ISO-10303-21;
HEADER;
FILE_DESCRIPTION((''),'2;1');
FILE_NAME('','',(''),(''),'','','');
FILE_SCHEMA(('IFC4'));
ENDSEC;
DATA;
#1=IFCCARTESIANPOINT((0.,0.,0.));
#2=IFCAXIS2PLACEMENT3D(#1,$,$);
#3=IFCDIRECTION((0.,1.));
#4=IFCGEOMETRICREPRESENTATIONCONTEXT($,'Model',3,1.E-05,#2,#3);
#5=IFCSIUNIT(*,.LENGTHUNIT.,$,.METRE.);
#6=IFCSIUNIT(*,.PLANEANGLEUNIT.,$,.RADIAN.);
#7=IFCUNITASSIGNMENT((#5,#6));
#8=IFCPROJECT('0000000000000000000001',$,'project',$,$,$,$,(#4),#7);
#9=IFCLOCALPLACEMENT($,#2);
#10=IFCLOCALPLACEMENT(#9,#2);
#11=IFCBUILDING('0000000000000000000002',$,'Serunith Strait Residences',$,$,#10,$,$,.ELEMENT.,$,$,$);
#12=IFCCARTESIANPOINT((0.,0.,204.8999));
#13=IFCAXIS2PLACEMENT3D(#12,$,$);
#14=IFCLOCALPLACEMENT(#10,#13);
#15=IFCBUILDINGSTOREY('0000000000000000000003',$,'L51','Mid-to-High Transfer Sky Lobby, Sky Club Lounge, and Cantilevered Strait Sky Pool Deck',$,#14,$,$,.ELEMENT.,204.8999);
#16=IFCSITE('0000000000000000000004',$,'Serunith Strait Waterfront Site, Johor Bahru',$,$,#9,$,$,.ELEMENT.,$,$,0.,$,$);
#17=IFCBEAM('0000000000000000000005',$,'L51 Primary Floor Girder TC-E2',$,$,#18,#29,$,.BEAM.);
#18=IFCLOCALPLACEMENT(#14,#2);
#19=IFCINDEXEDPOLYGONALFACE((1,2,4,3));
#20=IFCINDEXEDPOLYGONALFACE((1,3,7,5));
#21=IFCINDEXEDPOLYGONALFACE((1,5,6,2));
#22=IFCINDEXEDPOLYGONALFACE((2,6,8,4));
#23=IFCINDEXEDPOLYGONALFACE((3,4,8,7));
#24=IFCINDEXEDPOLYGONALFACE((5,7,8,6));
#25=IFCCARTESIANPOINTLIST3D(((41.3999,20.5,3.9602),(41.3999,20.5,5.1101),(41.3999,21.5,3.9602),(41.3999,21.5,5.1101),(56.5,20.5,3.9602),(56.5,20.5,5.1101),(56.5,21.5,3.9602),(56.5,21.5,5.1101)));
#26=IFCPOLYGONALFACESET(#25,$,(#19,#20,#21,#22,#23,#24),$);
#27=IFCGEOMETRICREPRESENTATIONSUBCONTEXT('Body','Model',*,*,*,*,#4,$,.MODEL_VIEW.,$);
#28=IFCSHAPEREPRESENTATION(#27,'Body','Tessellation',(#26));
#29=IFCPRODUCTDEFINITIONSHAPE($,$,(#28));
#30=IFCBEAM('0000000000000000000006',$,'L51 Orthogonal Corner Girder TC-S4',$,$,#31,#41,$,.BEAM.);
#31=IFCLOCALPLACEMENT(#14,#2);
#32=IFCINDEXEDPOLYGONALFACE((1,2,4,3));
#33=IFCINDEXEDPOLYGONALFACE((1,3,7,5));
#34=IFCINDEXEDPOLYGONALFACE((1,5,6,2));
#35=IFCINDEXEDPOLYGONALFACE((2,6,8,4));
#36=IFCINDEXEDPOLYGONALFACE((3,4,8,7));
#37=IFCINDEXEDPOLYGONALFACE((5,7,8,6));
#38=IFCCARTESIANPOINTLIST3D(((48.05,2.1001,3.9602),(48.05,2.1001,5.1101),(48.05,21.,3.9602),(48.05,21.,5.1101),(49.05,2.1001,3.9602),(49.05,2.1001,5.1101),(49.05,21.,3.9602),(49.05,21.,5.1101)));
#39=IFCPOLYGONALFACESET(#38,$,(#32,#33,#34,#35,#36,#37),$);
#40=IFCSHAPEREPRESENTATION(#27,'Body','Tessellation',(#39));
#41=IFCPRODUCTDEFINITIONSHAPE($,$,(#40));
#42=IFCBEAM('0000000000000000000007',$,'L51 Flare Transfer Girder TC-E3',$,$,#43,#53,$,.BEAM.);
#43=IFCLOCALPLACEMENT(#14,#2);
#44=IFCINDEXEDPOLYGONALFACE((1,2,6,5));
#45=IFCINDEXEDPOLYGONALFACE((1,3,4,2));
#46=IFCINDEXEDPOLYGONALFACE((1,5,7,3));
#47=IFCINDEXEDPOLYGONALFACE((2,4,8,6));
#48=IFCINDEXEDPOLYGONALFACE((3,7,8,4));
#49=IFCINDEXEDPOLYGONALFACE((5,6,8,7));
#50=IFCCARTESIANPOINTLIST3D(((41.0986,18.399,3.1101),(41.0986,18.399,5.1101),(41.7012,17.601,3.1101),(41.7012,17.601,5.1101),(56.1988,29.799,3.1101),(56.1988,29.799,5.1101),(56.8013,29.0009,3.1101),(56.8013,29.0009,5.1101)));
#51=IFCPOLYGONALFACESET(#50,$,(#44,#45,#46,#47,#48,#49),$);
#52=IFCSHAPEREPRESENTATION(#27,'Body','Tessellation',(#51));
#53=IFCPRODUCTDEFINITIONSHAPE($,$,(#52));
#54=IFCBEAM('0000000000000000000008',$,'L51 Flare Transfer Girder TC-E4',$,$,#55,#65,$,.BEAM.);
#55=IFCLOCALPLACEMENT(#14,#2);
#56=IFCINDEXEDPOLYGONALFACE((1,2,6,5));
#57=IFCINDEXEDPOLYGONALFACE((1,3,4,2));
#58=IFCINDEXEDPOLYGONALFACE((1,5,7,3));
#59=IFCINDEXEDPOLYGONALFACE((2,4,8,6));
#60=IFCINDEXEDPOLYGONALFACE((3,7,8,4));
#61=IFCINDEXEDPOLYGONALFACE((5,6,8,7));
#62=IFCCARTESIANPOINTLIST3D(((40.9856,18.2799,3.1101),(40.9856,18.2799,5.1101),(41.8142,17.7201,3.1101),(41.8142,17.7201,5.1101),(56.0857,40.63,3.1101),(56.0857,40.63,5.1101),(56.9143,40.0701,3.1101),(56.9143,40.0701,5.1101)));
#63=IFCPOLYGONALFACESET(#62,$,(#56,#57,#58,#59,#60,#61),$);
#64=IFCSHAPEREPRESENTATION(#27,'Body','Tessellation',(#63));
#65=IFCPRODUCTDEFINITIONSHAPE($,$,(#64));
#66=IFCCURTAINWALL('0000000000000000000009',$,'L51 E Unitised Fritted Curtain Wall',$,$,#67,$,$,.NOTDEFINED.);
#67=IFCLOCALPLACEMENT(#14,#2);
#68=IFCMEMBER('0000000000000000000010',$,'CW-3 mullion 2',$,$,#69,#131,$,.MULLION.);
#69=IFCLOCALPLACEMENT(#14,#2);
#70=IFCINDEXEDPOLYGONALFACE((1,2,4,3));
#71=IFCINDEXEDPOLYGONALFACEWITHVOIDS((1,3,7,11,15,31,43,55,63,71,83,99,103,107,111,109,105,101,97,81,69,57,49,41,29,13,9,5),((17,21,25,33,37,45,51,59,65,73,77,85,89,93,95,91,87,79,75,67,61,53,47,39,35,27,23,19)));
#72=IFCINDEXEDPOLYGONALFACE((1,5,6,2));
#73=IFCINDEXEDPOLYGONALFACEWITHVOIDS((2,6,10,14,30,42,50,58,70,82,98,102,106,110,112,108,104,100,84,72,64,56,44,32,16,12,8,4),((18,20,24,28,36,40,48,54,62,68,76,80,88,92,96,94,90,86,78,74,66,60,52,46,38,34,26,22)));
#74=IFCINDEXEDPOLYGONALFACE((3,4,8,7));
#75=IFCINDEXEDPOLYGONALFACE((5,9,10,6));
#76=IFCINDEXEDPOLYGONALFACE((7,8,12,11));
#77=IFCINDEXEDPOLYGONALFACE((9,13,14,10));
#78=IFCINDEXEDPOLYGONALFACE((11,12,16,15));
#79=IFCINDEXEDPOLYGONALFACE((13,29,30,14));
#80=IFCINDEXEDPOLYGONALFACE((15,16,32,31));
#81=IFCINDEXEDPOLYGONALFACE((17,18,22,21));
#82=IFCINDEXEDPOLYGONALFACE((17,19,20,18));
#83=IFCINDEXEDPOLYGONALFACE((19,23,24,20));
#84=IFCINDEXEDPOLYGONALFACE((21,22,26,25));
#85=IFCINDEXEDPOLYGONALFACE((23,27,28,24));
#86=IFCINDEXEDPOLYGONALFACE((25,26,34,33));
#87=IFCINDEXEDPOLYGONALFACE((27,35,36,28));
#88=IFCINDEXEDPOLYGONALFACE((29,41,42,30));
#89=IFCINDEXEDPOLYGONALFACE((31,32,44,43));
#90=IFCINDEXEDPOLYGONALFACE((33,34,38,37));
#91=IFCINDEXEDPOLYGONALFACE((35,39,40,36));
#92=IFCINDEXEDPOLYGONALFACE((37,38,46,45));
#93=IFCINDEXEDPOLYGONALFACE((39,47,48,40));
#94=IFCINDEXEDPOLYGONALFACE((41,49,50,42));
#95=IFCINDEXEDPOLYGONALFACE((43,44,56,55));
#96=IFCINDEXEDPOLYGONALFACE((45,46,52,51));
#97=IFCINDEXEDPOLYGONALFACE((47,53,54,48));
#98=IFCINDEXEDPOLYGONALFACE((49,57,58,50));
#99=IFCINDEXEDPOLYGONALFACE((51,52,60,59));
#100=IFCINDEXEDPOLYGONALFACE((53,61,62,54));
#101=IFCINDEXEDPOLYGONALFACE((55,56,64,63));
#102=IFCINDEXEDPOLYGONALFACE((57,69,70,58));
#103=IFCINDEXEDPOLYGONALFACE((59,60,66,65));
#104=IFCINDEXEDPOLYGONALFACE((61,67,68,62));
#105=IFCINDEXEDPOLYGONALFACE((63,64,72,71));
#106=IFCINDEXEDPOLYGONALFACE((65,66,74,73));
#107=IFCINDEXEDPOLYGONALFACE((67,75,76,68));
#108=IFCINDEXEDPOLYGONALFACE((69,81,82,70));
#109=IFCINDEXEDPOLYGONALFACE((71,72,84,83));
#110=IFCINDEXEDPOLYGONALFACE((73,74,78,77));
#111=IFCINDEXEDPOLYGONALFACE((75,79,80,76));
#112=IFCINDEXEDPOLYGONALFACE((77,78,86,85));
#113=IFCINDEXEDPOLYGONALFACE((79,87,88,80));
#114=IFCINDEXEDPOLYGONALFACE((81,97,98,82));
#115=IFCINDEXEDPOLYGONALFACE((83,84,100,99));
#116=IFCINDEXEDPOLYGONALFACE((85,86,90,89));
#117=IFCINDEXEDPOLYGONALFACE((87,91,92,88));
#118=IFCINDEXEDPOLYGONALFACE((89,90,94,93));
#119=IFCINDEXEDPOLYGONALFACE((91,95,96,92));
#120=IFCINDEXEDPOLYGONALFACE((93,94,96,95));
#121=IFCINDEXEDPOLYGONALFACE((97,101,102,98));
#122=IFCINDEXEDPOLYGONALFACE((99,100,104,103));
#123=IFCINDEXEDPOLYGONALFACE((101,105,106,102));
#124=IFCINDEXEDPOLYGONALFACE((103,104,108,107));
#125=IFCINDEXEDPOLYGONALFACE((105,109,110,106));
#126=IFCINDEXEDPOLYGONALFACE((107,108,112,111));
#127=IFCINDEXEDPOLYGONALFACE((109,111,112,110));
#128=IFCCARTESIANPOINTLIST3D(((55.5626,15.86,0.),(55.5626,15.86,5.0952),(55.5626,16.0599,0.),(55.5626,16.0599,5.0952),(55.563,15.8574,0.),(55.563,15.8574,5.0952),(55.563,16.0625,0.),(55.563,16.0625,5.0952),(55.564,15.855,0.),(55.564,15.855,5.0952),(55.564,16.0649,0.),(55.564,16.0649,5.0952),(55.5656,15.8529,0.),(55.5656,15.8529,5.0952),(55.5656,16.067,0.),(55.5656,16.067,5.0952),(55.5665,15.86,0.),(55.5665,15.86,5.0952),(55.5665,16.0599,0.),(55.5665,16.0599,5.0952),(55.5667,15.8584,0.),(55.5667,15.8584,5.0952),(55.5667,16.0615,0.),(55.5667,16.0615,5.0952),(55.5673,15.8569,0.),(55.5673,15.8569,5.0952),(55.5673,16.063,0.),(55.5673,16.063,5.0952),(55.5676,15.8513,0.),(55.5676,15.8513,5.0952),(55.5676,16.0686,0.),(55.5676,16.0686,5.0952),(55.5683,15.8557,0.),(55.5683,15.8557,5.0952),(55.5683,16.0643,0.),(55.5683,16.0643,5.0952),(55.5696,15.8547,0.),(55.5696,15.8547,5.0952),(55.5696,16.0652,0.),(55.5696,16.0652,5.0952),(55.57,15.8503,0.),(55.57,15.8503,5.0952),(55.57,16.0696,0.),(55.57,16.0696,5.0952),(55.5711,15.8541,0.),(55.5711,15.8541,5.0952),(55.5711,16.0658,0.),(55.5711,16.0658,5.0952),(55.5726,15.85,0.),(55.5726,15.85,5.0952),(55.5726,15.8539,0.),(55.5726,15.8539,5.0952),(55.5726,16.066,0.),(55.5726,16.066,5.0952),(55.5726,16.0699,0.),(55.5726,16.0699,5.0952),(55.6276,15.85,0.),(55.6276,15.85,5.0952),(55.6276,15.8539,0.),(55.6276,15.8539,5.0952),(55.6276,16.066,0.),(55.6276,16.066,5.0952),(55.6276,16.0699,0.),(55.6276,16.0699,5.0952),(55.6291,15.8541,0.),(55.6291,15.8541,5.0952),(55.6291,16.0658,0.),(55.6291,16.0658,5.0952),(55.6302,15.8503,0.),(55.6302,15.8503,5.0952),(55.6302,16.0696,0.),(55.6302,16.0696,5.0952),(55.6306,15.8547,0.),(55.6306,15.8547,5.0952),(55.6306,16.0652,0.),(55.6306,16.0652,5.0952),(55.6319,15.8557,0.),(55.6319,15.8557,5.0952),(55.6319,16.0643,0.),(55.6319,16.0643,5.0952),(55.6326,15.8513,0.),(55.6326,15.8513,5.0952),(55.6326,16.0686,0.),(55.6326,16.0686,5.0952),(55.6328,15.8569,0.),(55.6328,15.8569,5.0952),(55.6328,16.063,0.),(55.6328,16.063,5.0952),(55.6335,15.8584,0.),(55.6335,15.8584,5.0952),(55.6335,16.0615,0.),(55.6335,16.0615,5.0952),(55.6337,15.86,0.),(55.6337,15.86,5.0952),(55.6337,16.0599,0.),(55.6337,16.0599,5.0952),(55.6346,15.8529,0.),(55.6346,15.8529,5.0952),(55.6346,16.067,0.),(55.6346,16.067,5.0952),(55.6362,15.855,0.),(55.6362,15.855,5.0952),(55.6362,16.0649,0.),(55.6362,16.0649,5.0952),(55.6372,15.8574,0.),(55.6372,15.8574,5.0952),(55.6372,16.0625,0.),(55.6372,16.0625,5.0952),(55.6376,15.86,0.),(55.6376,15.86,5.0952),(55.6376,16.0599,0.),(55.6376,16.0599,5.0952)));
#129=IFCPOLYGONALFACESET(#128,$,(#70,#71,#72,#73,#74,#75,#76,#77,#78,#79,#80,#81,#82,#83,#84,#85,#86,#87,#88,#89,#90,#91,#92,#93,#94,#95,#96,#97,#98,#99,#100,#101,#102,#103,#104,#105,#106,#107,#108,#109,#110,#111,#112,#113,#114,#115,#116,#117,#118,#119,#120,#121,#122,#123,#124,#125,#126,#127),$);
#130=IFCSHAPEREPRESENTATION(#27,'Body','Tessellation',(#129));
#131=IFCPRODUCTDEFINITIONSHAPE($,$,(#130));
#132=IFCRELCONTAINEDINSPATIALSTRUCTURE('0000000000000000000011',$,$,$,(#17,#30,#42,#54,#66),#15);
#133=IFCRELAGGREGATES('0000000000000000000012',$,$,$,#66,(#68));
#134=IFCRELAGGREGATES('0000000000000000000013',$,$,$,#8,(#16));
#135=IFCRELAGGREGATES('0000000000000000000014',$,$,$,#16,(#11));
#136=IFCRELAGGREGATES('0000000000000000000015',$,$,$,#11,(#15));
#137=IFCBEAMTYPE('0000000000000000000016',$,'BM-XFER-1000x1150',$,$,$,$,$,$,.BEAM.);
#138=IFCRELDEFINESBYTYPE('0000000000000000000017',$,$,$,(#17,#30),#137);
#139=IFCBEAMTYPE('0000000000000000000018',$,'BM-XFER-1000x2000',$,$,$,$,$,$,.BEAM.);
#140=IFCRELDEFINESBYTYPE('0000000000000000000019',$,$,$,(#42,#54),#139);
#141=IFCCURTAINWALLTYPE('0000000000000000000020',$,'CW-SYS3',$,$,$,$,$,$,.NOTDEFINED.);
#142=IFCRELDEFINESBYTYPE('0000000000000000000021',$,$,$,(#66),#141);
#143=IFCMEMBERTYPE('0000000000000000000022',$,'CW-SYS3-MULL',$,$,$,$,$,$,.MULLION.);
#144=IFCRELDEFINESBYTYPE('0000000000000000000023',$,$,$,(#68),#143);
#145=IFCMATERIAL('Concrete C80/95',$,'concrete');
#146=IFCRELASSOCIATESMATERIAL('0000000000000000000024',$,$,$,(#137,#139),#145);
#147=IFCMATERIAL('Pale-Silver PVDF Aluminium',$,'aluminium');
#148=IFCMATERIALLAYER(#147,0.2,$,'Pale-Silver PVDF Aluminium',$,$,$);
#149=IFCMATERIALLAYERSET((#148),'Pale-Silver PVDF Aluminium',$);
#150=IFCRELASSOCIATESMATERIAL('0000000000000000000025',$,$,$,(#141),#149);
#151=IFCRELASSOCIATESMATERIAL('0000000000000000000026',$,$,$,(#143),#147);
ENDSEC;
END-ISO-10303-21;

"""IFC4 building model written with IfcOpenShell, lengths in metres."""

from ifc_helpers import new_model, si_unit, direction, frame, origin, origin_2d, place, context, subcontext, project, spatial, rectangle, hollow_rectangle, extrude, source, transform, mapped, material, layer, layer_set, material_profile, profile_set, type_object, element, aggregate, save


model = new_model("IFC4")

# Units and contexts
model_context = context("Model", 3, precision=1e-05, world=origin(), true_north=direction((0.0, 1.0)))
body_context = subcontext(model_context, "Body", "Model", "MODEL_VIEW")
ifc_project = project(units=[si_unit("LENGTHUNIT", "METRE"), si_unit("PLANEANGLEUNIT", "RADIAN")], contexts=[model_context])

# Site, building, storey
site_placement = place(None, origin())
site = spatial("IfcSite", under=ifc_project, at=site_placement, Name="Serunith Strait Waterfront Site, Johor Bahru", CompositionType="ELEMENT", RefElevation=0.0)
building_placement = place(site_placement, origin())
building = spatial("IfcBuilding", under=site, at=building_placement, Name="Serunith Strait Residences", CompositionType="ELEMENT")
storey_placement = place(building_placement, frame((0.0, 0.0, 204.8999)))
storey = spatial("IfcBuildingStorey", under=building, at=storey_placement, Name="L51", Description="Mid-to-High Transfer Sky Lobby, Sky Club Lounge, and Cantilevered Strait Sky Pool Deck", CompositionType="ELEMENT", Elevation=204.8999)

# Shared definitions
ifc_material_1 = material(Name="Concrete C80/95", Category="concrete")

# Beams
ifc_material_profile_1 = material_profile(ifc_material_1, rectangle(XDim=1.0, YDim=1.1499, at=origin_2d()), Name="RC 1000x1150")
ifc_profile_set_1 = profile_set([ifc_material_profile_1], Name="Concrete C80/95")
beam_type_1 = type_object("IfcBeamType", Name="BM-XFER-1000x1150", PredefinedType="BEAM", material=ifc_profile_set_1)
shared_shape_1 = source(origin(), body_context, "Body", "SweptSolid", [
    extrude(rectangle(XDim=1.0, YDim=1.1499, at=origin_2d()), origin(), (0.0, 0.0, 1.0), 15.1001),
])
beam_1_placement = place(storey_placement, frame((41.3999, 21.0, 4.5352), z_axis=(1.0, 0.0, 0.0), x_axis=(0.0, 1.0, 0.0)))
element("IfcBeam", 1, at=beam_1_placement, inside=storey, type_object=beam_type_1, Name="L51 Primary Floor Girder TC-E2", PredefinedType="BEAM", context=body_context, shape_type="MappedRepresentation", body=[
    mapped(shared_shape_1, transform((0.0, 0.0, 0.0), scale=1.0)),
])
shared_shape_2 = source(origin(), body_context, "Body", "SweptSolid", [
    extrude(rectangle(XDim=1.0, YDim=1.1499, at=origin_2d()), origin(), (0.0, 0.0, 1.0), 18.8999),
])
beam_2_placement = place(storey_placement, frame((48.55, 21.0, 4.5352), z_axis=(0.0, -1.0, 0.0), x_axis=(1.0, 0.0, 0.0)))
element("IfcBeam", 2, at=beam_2_placement, inside=storey, type_object=beam_type_1, Name="L51 Orthogonal Corner Girder TC-S4", PredefinedType="BEAM", context=body_context, shape_type="MappedRepresentation", body=[
    mapped(shared_shape_2, transform((0.0, 0.0, 0.0), scale=1.0)),
])
ifc_material_profile_2 = material_profile(ifc_material_1, rectangle(XDim=1.0, YDim=2.0, at=origin_2d()), Name="RC 1000x2000")
ifc_profile_set_2 = profile_set([ifc_material_profile_2], Name="Concrete C80/95")
beam_type_2 = type_object("IfcBeamType", Name="BM-XFER-1000x2000", PredefinedType="BEAM", material=ifc_profile_set_2)
shared_shape_3 = source(origin(), body_context, "Body", "SweptSolid", [
    extrude(rectangle(XDim=1.0, YDim=2.0, at=origin_2d()), origin(), (0.0, 0.0, 1.0), 18.9202),
])
beam_3_placement = place(storey_placement, frame((41.3999, 18.0, 4.1101), z_axis=(0.798098, 0.602528, 0.0), x_axis=(-0.602528, 0.798098, 0.0)))
element("IfcBeam", 3, at=beam_3_placement, inside=storey, type_object=beam_type_2, Name="L51 Flare Transfer Girder TC-E3", PredefinedType="BEAM", context=body_context, shape_type="MappedRepresentation", body=[
    mapped(shared_shape_3, transform((0.0, 0.0, 0.0), scale=1.0)),
])
shared_shape_4 = source(origin(), body_context, "Body", "SweptSolid", [
    extrude(rectangle(XDim=1.0, YDim=2.0, at=origin_2d()), origin(), (0.0, 0.0, 1.0), 26.9729),
])
beam_4_placement = place(storey_placement, frame((41.3999, 18.0, 4.1101), z_axis=(0.559824, 0.828612, 0.0), x_axis=(-0.828612, 0.559824, 0.0)))
element("IfcBeam", 4, at=beam_4_placement, inside=storey, type_object=beam_type_2, Name="L51 Flare Transfer Girder TC-E4", PredefinedType="BEAM", context=body_context, shape_type="MappedRepresentation", body=[
    mapped(shared_shape_4, transform((0.0, 0.0, 0.0), scale=1.0)),
])

# Curtain wall, member
ifc_material_2 = material(Name="Pale-Silver PVDF Aluminium", Category="aluminium")
ifc_layer_1 = layer(ifc_material_2, 0.2, Name="Pale-Silver PVDF Aluminium")
ifc_layer_set_1 = layer_set([ifc_layer_1], Name="Pale-Silver PVDF Aluminium")
curtain_wall_type = type_object("IfcCurtainWallType", Name="CW-SYS3", PredefinedType="NOTDEFINED", material=ifc_layer_set_1)
curtain_wall_placement = place(storey_placement, origin())
curtain_wall = element("IfcCurtainWall", 5, at=curtain_wall_placement, inside=storey, type_object=curtain_wall_type, Name="L51 E Unitised Fritted Curtain Wall", PredefinedType="NOTDEFINED")
ifc_material_profile_3 = material_profile(ifc_material_2, hollow_rectangle(XDim=0.075, YDim=0.22, WallThickness=0.0039, InnerFilletRadius=0.0061, OuterFilletRadius=0.01, at=origin_2d()), Name="ALU 220x75x4")
ifc_profile_set_3 = profile_set([ifc_material_profile_3], Name="Pale-Silver PVDF Aluminium")
member_type_1 = type_object("IfcMemberType", Name="CW-SYS3-MULL", PredefinedType="MULLION", material=ifc_profile_set_3)
shared_shape_5 = source(origin(), body_context, "Body", "SweptSolid", [
    extrude(hollow_rectangle(XDim=0.075, YDim=0.22, WallThickness=0.0039, InnerFilletRadius=0.0061, OuterFilletRadius=0.01, at=origin_2d()), origin(), (0.0, 0.0, 1.0), 5.0952),
])
member_1_placement = place(storey_placement, frame((55.6001, 15.96, 0.0), z_axis=(0.0, 0.0, 1.0), x_axis=(-1.0, 0.0, 0.0)))
member_1 = element("IfcMember", 6, at=member_1_placement, type_object=member_type_1, Name="CW-3 mullion 2", PredefinedType="MULLION", context=body_context, shape_type="MappedRepresentation", body=[
    mapped(shared_shape_5, transform((0.0, 0.0, 0.0), scale=1.0)),
])
aggregate(curtain_wall, [member_1])

save(model, "model.ifc")
